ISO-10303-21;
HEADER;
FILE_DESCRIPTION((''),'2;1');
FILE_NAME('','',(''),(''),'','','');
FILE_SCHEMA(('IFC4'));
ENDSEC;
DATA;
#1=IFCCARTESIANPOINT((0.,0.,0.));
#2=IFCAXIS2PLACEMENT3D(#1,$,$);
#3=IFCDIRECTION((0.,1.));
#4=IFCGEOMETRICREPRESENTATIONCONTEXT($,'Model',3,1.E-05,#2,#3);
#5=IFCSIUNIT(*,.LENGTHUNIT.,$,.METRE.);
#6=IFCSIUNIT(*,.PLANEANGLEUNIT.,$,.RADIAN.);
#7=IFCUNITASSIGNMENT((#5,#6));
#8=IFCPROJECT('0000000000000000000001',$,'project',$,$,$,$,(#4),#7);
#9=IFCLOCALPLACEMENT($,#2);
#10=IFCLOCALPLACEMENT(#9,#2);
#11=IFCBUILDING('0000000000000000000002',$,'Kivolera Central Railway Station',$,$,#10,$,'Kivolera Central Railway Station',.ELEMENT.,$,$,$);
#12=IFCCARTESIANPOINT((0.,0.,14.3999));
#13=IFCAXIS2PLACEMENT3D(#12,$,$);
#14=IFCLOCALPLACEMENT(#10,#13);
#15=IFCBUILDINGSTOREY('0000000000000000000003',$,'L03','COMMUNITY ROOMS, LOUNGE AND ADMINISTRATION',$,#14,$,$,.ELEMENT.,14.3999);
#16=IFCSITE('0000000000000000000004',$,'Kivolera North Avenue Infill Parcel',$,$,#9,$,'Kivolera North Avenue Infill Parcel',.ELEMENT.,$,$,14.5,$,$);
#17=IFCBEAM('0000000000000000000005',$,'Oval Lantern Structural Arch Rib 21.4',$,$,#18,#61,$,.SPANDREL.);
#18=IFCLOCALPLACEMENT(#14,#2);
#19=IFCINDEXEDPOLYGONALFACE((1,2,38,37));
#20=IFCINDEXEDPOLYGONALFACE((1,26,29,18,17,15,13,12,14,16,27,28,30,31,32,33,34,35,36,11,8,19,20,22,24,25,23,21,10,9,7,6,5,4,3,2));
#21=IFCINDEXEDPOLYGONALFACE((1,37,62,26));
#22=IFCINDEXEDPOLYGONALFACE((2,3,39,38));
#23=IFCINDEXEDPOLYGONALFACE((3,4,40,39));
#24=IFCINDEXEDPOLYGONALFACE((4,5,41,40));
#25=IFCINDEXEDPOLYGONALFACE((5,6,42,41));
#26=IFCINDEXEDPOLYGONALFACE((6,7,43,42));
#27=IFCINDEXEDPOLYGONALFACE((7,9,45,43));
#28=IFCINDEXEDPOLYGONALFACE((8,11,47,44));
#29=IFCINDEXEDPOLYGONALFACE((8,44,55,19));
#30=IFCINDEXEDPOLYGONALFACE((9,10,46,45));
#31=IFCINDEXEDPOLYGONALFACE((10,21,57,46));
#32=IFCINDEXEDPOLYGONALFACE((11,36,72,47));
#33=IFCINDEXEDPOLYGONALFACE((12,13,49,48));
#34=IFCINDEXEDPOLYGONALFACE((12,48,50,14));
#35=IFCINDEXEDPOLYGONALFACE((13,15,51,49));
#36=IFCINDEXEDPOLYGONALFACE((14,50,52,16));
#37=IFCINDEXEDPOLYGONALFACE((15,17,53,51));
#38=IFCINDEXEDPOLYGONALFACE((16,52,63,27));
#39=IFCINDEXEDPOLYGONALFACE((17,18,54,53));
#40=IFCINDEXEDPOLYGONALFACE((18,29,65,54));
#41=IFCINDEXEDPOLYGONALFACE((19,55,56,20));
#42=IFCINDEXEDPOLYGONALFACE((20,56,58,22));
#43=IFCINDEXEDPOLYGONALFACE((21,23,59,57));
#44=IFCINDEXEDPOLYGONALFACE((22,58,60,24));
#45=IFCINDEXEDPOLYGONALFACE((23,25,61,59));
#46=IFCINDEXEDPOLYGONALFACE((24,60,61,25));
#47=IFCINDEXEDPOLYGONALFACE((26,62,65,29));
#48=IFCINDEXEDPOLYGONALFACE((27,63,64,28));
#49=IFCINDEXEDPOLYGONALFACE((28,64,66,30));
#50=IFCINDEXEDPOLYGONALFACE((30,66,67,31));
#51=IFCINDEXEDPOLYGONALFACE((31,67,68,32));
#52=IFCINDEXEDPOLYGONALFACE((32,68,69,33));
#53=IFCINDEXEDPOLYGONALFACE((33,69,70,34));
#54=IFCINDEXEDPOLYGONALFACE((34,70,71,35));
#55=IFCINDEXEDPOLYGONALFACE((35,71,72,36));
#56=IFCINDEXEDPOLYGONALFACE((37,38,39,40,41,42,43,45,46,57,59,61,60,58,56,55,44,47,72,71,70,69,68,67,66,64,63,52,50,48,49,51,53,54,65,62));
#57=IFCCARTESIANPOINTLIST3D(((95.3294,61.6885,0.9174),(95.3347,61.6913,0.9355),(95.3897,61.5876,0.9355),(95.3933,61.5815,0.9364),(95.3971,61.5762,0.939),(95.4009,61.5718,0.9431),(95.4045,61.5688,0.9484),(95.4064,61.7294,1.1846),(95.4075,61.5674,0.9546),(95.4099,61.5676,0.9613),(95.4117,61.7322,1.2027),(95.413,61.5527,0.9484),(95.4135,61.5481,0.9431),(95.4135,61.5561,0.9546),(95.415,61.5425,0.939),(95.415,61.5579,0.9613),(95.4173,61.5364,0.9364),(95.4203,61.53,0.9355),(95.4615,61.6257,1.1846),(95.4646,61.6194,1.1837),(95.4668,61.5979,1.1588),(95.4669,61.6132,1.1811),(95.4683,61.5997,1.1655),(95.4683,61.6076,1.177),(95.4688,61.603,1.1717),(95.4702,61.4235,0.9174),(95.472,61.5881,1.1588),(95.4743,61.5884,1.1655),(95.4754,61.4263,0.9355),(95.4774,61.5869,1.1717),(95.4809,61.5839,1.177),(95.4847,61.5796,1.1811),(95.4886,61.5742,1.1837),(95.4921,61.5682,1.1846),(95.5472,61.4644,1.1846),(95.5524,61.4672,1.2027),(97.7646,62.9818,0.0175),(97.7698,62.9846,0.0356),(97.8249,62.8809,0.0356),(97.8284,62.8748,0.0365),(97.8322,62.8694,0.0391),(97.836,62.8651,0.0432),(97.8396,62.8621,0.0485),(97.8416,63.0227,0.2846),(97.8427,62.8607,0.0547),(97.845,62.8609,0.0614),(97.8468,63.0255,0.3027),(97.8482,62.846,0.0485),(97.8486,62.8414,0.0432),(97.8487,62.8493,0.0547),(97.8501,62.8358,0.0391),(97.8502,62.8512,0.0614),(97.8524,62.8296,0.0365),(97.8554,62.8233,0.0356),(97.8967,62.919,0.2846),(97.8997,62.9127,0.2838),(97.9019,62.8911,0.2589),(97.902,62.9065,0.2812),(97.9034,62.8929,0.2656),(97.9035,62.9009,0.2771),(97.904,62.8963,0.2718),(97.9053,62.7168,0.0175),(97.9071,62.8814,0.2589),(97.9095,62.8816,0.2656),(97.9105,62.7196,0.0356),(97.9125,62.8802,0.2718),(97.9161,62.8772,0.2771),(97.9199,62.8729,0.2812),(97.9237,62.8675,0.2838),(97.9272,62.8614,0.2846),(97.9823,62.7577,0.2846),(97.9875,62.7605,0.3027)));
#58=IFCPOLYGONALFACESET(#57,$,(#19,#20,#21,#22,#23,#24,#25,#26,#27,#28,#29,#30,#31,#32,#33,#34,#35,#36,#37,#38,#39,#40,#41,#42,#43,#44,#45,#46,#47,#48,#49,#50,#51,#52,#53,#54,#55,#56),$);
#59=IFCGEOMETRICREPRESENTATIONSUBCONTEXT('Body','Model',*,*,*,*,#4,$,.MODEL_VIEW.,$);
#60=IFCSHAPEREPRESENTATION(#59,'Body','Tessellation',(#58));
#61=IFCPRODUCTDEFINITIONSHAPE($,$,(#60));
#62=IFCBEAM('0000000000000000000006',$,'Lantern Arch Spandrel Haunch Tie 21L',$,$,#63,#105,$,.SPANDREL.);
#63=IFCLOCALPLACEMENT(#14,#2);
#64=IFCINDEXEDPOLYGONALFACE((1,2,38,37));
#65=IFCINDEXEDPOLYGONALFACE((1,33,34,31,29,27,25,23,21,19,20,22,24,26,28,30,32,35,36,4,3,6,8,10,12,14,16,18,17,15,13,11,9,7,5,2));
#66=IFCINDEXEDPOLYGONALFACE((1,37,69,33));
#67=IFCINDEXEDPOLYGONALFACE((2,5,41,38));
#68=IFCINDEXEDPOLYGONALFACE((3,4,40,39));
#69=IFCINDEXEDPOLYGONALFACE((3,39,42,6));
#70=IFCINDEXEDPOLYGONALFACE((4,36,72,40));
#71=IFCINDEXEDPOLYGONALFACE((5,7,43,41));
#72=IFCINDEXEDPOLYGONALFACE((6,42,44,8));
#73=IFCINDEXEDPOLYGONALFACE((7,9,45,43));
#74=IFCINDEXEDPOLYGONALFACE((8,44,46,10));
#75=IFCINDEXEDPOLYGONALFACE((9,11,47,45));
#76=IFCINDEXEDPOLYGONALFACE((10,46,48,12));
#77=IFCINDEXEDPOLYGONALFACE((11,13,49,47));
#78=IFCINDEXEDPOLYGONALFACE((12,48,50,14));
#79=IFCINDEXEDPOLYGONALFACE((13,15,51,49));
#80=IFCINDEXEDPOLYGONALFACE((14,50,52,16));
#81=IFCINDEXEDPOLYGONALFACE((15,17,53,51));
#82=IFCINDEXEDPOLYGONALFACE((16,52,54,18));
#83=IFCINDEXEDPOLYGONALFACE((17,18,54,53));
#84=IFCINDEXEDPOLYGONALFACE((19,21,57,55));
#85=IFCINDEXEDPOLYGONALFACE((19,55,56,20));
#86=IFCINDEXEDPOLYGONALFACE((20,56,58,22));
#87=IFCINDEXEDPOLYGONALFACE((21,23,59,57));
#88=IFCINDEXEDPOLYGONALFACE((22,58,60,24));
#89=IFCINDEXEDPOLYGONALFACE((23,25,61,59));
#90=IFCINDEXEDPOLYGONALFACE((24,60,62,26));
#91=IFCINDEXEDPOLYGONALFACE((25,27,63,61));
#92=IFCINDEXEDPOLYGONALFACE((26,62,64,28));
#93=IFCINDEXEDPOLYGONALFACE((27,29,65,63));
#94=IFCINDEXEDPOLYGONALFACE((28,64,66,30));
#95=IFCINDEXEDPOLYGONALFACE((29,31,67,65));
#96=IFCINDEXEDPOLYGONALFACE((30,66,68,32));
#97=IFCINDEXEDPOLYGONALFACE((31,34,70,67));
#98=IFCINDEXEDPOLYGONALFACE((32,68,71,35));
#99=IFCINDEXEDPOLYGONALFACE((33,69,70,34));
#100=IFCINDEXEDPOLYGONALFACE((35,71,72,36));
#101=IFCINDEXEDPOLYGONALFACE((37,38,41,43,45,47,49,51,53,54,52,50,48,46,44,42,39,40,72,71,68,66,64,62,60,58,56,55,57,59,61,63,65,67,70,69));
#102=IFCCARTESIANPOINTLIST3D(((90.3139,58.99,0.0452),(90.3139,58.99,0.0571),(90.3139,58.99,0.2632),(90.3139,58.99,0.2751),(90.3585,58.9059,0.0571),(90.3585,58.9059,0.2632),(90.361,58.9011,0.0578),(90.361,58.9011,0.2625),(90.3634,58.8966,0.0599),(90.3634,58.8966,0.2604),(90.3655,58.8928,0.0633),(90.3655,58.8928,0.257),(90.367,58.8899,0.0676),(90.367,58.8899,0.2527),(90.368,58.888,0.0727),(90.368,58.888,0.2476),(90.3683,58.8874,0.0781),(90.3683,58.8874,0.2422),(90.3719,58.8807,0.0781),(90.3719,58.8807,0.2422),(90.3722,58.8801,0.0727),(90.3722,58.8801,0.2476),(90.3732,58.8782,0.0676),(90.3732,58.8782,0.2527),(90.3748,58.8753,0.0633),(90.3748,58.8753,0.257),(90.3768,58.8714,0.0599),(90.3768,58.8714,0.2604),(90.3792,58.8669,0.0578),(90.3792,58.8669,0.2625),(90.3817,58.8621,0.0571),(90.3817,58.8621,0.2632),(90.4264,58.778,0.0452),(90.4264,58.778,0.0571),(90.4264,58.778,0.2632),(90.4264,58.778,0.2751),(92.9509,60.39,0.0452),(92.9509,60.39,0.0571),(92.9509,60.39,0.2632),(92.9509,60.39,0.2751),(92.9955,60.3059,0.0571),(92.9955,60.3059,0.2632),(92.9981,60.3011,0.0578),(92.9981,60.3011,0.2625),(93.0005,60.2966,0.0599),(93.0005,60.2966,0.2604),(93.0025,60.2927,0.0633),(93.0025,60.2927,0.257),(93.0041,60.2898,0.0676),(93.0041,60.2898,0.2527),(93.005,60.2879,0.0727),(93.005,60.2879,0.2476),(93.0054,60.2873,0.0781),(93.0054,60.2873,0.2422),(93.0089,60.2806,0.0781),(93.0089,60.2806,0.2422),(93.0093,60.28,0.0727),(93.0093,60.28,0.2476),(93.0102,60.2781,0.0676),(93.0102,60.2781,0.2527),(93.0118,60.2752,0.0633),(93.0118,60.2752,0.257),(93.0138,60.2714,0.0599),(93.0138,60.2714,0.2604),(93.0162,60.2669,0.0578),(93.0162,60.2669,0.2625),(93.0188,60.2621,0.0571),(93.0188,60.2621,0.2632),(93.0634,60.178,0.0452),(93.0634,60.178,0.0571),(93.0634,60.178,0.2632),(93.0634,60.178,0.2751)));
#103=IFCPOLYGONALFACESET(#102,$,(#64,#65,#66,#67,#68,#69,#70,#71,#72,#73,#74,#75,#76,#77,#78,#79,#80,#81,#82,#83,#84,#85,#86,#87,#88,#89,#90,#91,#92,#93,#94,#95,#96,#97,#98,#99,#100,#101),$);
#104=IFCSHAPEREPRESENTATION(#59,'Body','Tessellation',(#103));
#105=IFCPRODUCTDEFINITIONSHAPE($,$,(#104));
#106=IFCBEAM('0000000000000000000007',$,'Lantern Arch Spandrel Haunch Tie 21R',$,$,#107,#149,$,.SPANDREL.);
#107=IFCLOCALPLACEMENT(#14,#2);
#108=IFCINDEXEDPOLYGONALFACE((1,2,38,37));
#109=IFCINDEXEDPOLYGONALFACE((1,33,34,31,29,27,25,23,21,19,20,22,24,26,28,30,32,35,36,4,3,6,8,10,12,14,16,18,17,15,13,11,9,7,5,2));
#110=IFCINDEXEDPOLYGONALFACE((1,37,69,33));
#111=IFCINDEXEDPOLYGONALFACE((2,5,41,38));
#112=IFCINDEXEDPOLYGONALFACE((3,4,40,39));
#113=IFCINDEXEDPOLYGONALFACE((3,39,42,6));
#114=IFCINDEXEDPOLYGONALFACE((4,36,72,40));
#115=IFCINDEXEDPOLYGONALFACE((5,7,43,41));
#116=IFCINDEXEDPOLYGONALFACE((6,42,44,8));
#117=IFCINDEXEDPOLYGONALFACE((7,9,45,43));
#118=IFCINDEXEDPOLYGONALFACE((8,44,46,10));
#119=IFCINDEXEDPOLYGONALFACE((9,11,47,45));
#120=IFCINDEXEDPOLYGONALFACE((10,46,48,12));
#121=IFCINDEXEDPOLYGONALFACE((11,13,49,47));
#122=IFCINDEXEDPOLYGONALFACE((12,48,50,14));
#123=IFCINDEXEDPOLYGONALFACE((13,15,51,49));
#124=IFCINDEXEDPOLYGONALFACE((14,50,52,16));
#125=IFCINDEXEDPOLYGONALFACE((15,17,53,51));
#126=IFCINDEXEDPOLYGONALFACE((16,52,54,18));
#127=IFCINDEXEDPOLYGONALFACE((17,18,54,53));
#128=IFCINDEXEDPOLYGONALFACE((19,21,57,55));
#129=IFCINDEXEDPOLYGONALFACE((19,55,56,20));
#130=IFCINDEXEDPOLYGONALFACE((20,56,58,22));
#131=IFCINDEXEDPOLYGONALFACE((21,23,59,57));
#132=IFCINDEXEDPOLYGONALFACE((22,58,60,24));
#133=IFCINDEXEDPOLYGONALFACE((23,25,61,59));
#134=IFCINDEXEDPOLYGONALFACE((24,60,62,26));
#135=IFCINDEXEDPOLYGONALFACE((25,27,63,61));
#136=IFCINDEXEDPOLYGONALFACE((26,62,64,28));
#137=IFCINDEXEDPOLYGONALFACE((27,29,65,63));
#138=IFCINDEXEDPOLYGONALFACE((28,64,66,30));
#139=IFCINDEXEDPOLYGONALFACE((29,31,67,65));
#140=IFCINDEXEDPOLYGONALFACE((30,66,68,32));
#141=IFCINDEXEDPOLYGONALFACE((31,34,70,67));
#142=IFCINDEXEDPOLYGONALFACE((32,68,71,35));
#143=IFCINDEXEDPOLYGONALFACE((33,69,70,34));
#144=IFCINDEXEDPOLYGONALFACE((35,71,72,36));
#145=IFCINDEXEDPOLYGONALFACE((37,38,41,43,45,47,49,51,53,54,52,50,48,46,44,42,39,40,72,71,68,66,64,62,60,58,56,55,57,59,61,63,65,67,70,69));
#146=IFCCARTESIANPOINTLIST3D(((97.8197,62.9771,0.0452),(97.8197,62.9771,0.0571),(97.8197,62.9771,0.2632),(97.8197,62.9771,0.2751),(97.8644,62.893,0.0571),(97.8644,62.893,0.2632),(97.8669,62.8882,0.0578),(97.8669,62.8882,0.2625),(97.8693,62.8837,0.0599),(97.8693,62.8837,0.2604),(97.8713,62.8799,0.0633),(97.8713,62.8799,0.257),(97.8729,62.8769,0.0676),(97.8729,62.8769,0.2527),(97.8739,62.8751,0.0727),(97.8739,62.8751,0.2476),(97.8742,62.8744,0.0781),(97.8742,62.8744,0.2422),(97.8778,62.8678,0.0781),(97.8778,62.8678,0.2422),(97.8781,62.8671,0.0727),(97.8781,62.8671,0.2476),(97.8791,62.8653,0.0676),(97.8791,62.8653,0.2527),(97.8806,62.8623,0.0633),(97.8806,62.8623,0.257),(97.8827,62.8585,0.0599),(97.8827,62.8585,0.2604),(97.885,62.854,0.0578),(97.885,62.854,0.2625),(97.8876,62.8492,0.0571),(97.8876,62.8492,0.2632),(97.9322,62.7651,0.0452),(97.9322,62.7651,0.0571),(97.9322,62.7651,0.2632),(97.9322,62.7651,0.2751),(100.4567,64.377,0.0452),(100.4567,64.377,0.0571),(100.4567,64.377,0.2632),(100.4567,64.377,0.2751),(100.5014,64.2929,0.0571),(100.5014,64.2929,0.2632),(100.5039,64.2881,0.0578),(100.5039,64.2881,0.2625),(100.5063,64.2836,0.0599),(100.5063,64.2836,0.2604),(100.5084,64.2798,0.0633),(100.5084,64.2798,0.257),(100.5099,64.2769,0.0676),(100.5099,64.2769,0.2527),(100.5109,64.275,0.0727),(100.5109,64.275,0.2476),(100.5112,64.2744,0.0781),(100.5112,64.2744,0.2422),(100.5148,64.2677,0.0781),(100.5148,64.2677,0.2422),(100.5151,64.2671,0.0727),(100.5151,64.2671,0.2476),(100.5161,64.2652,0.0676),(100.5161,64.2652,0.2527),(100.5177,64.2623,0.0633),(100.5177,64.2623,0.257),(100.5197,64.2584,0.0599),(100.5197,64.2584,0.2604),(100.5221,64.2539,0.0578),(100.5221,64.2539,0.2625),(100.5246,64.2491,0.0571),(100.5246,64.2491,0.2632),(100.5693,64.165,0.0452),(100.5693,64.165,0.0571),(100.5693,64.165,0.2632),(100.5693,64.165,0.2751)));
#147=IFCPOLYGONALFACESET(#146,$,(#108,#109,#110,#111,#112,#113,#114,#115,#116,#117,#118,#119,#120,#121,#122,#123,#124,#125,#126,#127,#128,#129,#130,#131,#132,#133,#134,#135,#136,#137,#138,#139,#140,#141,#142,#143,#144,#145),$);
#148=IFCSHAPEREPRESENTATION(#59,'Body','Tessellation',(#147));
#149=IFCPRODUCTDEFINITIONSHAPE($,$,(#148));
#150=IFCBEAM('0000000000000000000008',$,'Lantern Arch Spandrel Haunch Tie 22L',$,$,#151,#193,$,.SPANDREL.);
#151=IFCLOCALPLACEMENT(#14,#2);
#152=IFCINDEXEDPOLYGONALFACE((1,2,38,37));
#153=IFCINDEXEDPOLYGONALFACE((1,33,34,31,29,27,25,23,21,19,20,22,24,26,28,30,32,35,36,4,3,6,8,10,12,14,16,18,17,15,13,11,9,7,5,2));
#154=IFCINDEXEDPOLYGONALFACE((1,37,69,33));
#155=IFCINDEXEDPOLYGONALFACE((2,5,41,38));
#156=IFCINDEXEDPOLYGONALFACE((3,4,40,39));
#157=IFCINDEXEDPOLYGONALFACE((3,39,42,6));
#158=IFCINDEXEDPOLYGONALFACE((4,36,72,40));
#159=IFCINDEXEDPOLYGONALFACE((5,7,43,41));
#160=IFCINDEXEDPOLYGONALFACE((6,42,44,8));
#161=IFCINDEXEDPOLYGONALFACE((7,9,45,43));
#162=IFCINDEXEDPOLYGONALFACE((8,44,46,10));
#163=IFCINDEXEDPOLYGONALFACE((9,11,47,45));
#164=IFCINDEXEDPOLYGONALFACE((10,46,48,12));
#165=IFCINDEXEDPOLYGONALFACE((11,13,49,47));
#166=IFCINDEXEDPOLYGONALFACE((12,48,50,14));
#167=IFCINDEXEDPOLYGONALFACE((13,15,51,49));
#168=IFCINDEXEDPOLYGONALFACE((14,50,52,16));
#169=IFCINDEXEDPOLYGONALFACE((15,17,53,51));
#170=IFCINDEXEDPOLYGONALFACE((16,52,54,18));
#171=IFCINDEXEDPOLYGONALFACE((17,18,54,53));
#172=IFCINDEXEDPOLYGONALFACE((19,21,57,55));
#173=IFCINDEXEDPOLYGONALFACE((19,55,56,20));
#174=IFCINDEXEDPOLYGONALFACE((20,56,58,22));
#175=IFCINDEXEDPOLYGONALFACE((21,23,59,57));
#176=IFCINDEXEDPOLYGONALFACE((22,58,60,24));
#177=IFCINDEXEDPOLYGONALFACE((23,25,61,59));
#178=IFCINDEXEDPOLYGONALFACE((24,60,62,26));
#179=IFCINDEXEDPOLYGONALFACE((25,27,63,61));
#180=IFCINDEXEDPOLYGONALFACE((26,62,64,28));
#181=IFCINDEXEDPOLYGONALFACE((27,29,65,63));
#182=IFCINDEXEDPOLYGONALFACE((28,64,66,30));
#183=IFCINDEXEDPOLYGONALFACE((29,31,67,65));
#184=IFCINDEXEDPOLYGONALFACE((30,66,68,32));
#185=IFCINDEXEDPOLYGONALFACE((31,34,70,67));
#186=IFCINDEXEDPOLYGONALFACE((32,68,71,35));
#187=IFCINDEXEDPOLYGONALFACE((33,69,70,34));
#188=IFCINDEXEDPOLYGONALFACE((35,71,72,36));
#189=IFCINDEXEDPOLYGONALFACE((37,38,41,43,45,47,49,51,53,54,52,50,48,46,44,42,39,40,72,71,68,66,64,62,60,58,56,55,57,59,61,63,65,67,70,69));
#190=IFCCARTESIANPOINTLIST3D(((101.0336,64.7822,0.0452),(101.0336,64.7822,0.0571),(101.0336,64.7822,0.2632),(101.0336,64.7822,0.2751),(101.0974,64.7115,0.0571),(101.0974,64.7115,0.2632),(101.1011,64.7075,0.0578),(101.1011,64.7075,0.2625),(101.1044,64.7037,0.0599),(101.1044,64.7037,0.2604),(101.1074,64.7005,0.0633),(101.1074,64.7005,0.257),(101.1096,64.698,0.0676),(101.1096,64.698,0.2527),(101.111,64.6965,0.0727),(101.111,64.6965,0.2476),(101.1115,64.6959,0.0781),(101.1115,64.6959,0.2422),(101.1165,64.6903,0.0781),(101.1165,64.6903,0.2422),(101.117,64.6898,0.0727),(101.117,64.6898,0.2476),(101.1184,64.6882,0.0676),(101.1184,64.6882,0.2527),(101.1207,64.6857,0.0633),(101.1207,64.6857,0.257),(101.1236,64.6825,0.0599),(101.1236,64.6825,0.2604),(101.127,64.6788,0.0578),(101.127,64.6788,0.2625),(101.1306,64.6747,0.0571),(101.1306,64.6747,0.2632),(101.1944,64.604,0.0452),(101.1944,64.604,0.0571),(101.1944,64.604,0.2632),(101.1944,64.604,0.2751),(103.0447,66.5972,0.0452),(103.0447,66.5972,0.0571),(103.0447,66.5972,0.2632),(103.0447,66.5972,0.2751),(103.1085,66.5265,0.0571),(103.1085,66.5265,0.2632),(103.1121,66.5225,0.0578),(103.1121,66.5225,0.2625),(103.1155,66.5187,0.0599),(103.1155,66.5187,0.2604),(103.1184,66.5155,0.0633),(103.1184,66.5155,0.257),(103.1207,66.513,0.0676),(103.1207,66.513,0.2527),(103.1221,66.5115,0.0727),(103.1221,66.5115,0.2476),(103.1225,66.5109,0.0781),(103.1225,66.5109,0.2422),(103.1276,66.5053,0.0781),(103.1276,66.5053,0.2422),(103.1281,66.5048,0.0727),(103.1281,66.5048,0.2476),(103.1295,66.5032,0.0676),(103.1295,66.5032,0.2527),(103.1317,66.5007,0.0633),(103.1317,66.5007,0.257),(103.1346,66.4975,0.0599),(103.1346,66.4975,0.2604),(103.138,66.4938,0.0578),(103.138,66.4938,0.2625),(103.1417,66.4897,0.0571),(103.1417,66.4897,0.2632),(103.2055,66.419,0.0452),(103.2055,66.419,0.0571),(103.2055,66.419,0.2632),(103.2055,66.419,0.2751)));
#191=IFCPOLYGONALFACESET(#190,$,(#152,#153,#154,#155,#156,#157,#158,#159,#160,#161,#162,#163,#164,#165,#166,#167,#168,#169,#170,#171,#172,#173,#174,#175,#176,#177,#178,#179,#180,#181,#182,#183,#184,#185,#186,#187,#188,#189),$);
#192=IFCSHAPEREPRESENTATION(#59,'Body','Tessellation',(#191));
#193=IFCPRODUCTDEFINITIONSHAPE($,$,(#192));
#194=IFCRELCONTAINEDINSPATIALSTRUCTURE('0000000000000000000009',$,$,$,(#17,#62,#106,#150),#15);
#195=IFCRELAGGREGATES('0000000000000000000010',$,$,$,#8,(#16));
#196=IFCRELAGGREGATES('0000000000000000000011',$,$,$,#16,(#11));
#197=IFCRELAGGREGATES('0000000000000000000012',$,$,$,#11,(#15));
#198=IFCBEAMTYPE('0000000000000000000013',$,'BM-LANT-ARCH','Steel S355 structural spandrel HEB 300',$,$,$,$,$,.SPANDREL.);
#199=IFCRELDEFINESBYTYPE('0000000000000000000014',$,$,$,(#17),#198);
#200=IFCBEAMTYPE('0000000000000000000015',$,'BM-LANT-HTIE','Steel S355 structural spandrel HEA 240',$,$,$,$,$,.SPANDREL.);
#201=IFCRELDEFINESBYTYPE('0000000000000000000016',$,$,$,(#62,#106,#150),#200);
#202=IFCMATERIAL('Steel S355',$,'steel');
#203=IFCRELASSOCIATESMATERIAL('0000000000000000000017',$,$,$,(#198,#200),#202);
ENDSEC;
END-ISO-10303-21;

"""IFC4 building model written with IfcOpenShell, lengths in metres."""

from ifc_helpers import new_model, si_unit, direction, frame, origin, origin_2d, place, context, subcontext, project, spatial, i_section, extrude, material, material_profile, profile_set, type_object, element, save


model = new_model("IFC4")

# Units and contexts
model_context = context("Model", 3, precision=1e-05, world=origin(), true_north=direction((0.0, 1.0)))
body_context = subcontext(model_context, "Body", "Model", "MODEL_VIEW")
ifc_project = project(units=[si_unit("LENGTHUNIT", "METRE"), si_unit("PLANEANGLEUNIT", "RADIAN")], contexts=[model_context])

# Site, building, storey
site_placement = place(None, origin())
site = spatial("IfcSite", under=ifc_project, at=site_placement, Name="Kivolera North Avenue Infill Parcel", LongName="Kivolera North Avenue Infill Parcel", CompositionType="ELEMENT", RefElevation=14.5)
building_placement = place(site_placement, origin())
building = spatial("IfcBuilding", under=site, at=building_placement, Name="Kivolera Central Railway Station", LongName="Kivolera Central Railway Station", CompositionType="ELEMENT")
storey_placement = place(building_placement, frame((0.0, 0.0, 14.3999)))
storey = spatial("IfcBuildingStorey", under=building, at=storey_placement, Name="L03", Description="COMMUNITY ROOMS, LOUNGE AND ADMINISTRATION", CompositionType="ELEMENT", Elevation=14.3999)

# Beams
ifc_material_1 = material(Name="Steel S355", Category="steel")
ifc_material_profile_1 = material_profile(ifc_material_1, i_section(OverallWidth=0.3, OverallDepth=0.3, WebThickness=0.011, FlangeThickness=0.019, FilletRadius=0.0271, at=origin_2d()), Name="HEB 300")
ifc_profile_set_1 = profile_set([ifc_material_profile_1], Name="Steel S355")
beam_type_1 = type_object("IfcBeamType", Name="BM-LANT-ARCH", Description="Steel S355 structural spandrel HEB 300", PredefinedType="SPANDREL", material=ifc_profile_set_1)
beam_1_placement = place(storey_placement, frame((95.4409, 61.5779, 1.0601), z_axis=(0.839589, 0.44589, -0.310279), x_axis=(-0.469039, 0.883178, 0.0)))
element("IfcBeam", 1, at=beam_1_placement, inside=storey, type_object=beam_type_1, Name="Oval Lantern Structural Arch Rib 21.4", PredefinedType="SPANDREL", context=body_context, shape_type="SweptSolid", body=[
    extrude(i_section(OverallWidth=0.3, OverallDepth=0.3, WebThickness=0.011, FlangeThickness=0.019, FilletRadius=0.0271, at=origin_2d()), origin(), (0.0, 0.0, 1.0), 2.9004),
])
ifc_material_profile_2 = material_profile(ifc_material_1, i_section(OverallWidth=0.24, OverallDepth=0.23, WebThickness=0.0076, FlangeThickness=0.012, FilletRadius=0.021, at=origin_2d()), Name="HEA 240")
ifc_profile_set_2 = profile_set([ifc_material_profile_2], Name="Steel S355")
beam_type_2 = type_object("IfcBeamType", Name="BM-LANT-HTIE", Description="Steel S355 structural spandrel HEA 240", PredefinedType="SPANDREL", material=ifc_profile_set_2)
for number, where, z_axis, x_axis, name in (
    (2, (90.3701, 58.884, 0.1602), (0.883252, 0.468898, 0.0), (-0.468898, 0.883252, 0.0), "Lantern Arch Spandrel Haunch Tie 21L"),
    (3, (97.876, 62.8711, 0.1602), (0.883252, 0.468898, 0.0), (-0.468898, 0.883252, 0.0), "Lantern Arch Spandrel Haunch Tie 21R"),
):
    element("IfcBeam", number, at=place(storey_placement, frame(where, z_axis=z_axis, x_axis=x_axis)), inside=storey, type_object=beam_type_2, Name=name, PredefinedType="SPANDREL", context=body_context, shape_type="SweptSolid", body=[
        extrude(i_section(OverallWidth=0.24, OverallDepth=0.23, WebThickness=0.0076, FlangeThickness=0.012, FilletRadius=0.021, at=origin_2d()), origin(), (0.0, 0.0, 1.0), 2.9856),
    ])
beam_2_placement = place(storey_placement, frame((101.114, 64.6931, 0.1602), z_axis=(0.742366, 0.669995, 0.0), x_axis=(-0.669995, 0.742366, 0.0)))
element("IfcBeam", 4, at=beam_2_placement, inside=storey, type_object=beam_type_2, Name="Lantern Arch Spandrel Haunch Tie 22L", PredefinedType="SPANDREL", context=body_context, shape_type="SweptSolid", body=[
    extrude(i_section(OverallWidth=0.24, OverallDepth=0.23, WebThickness=0.0076, FlangeThickness=0.012, FilletRadius=0.021, at=origin_2d()), origin(), (0.0, 0.0, 1.0), 2.709),
])

save(model, "model.ifc")
